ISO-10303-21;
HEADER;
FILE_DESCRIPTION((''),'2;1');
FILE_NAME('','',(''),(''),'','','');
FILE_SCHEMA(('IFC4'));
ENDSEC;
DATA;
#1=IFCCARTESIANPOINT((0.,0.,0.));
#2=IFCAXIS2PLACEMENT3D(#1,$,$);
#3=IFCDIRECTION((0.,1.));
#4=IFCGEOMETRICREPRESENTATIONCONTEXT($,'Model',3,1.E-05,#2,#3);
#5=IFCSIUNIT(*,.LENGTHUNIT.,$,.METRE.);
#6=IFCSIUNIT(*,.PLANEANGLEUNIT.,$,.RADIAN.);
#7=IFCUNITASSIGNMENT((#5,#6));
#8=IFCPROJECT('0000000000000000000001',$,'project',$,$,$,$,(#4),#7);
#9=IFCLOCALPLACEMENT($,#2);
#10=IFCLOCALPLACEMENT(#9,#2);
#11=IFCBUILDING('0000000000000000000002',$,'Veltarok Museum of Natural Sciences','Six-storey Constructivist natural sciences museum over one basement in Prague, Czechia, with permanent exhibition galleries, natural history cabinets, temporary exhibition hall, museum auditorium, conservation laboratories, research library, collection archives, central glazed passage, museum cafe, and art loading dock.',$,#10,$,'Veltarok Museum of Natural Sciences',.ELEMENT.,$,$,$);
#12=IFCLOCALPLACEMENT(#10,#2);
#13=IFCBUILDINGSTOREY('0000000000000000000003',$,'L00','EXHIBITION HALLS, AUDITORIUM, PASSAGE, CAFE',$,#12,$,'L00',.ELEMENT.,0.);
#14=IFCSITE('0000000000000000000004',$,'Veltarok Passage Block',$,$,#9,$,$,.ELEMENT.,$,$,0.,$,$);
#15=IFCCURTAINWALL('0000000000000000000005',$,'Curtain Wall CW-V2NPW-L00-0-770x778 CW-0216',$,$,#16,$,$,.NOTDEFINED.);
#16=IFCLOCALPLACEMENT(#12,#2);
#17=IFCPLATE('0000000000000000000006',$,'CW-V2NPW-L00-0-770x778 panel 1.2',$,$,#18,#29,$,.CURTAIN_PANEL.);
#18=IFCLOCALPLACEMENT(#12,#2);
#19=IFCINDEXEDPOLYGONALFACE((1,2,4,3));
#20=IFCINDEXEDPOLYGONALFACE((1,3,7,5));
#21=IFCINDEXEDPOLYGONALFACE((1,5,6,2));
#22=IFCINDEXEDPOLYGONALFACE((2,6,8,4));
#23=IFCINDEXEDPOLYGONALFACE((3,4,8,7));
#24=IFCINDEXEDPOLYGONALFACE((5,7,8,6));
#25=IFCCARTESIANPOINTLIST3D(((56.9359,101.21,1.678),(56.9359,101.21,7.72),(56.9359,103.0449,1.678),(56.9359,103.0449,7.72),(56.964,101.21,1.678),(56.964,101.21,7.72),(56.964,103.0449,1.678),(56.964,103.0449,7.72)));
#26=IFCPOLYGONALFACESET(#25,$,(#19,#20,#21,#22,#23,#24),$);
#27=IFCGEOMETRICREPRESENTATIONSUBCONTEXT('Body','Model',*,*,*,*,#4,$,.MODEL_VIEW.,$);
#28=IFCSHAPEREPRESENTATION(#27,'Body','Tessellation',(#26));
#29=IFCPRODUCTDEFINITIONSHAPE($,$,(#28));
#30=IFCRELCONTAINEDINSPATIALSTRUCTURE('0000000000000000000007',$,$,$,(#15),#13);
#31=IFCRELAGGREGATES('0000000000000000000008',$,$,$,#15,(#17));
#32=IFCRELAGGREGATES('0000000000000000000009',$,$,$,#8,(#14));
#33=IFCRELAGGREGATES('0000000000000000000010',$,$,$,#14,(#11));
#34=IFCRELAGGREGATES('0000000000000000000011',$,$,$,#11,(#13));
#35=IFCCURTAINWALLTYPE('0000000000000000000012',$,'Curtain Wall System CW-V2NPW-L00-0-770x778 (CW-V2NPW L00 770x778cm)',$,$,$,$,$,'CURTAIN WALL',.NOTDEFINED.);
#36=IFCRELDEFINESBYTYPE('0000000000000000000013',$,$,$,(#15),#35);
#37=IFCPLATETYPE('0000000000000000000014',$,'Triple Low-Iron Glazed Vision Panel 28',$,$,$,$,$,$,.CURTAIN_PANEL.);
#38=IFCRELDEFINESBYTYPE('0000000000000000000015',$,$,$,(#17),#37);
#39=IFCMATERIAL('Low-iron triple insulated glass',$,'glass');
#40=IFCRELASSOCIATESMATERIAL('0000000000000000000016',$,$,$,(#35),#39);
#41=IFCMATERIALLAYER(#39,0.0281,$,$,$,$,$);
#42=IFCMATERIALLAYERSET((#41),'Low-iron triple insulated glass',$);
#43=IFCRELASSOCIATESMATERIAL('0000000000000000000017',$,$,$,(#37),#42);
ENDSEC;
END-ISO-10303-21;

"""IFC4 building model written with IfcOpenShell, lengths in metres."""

from ifc_helpers import new_model, si_unit, direction, frame, origin, origin_2d, place, context, subcontext, project, spatial, rectangle, extrude, material, layer, layer_set, type_object, element, aggregate, save


model = new_model("IFC4")

# Units and contexts
model_context = context("Model", 3, precision=1e-05, world=origin(), true_north=direction((0.0, 1.0)))
body_context = subcontext(model_context, "Body", "Model", "MODEL_VIEW")
ifc_project = project(units=[si_unit("LENGTHUNIT", "METRE"), si_unit("PLANEANGLEUNIT", "RADIAN")], contexts=[model_context])

# Site, building, storey
site_placement = place(None, origin())
site = spatial("IfcSite", under=ifc_project, at=site_placement, Name="Veltarok Passage Block", CompositionType="ELEMENT", RefElevation=0.0)
building_placement = place(site_placement, origin())
building = spatial("IfcBuilding", under=site, at=building_placement, Name="Veltarok Museum of Natural Sciences", Description="Six-storey Constructivist natural sciences museum over one basement in Prague, Czechia, with permanent exhibition galleries, natural history cabinets, temporary exhibition hall, museum auditorium, conservation laboratories, research library, collection archives, central glazed passage, museum cafe, and art loading dock.", LongName="Veltarok Museum of Natural Sciences", CompositionType="ELEMENT")
storey_placement = place(building_placement, origin())
storey = spatial("IfcBuildingStorey", under=building, at=storey_placement, Name="L00", Description="EXHIBITION HALLS, AUDITORIUM, PASSAGE, CAFE", LongName="L00", CompositionType="ELEMENT", Elevation=0.0)

# Curtain wall
ifc_material_1 = material(Name="Low-iron triple insulated glass", Category="glass")
curtain_wall_type_1 = type_object("IfcCurtainWallType", Name="Curtain Wall System CW-V2NPW-L00-0-770x778 (CW-V2NPW L00 770x778cm)", ElementType="CURTAIN WALL", PredefinedType="NOTDEFINED", material=ifc_material_1)
curtain_wall_1_placement = place(storey_placement, origin())
curtain_wall_1 = element("IfcCurtainWall", 1, at=curtain_wall_1_placement, inside=storey, type_object=curtain_wall_type_1, Name="Curtain Wall CW-V2NPW-L00-0-770x778 CW-0216", PredefinedType="NOTDEFINED")

# Plate
ifc_layer = layer(ifc_material_1, 0.0281)
ifc_layer_set = layer_set([ifc_layer], Name="Low-iron triple insulated glass")
plate_type = type_object("IfcPlateType", Name="Triple Low-Iron Glazed Vision Panel 28", PredefinedType="CURTAIN_PANEL", material=ifc_layer_set)
plate_1_placement = place(storey_placement, frame((56.95, 102.1274, 1.678), z_axis=(0.0, 0.0, 1.0), x_axis=(0.0, 1.0, 0.0)))
plate_1 = element("IfcPlate", 2, at=plate_1_placement, type_object=plate_type, Name="CW-V2NPW-L00-0-770x778 panel 1.2", PredefinedType="CURTAIN_PANEL", context=body_context, shape_type="SweptSolid", body=[
    extrude(rectangle(XDim=1.835, YDim=0.0281, at=origin_2d()), origin(), (0.0, 0.0, 1.0), 6.042),
])
aggregate(curtain_wall_1, [plate_1])

save(model, "model.ifc")
